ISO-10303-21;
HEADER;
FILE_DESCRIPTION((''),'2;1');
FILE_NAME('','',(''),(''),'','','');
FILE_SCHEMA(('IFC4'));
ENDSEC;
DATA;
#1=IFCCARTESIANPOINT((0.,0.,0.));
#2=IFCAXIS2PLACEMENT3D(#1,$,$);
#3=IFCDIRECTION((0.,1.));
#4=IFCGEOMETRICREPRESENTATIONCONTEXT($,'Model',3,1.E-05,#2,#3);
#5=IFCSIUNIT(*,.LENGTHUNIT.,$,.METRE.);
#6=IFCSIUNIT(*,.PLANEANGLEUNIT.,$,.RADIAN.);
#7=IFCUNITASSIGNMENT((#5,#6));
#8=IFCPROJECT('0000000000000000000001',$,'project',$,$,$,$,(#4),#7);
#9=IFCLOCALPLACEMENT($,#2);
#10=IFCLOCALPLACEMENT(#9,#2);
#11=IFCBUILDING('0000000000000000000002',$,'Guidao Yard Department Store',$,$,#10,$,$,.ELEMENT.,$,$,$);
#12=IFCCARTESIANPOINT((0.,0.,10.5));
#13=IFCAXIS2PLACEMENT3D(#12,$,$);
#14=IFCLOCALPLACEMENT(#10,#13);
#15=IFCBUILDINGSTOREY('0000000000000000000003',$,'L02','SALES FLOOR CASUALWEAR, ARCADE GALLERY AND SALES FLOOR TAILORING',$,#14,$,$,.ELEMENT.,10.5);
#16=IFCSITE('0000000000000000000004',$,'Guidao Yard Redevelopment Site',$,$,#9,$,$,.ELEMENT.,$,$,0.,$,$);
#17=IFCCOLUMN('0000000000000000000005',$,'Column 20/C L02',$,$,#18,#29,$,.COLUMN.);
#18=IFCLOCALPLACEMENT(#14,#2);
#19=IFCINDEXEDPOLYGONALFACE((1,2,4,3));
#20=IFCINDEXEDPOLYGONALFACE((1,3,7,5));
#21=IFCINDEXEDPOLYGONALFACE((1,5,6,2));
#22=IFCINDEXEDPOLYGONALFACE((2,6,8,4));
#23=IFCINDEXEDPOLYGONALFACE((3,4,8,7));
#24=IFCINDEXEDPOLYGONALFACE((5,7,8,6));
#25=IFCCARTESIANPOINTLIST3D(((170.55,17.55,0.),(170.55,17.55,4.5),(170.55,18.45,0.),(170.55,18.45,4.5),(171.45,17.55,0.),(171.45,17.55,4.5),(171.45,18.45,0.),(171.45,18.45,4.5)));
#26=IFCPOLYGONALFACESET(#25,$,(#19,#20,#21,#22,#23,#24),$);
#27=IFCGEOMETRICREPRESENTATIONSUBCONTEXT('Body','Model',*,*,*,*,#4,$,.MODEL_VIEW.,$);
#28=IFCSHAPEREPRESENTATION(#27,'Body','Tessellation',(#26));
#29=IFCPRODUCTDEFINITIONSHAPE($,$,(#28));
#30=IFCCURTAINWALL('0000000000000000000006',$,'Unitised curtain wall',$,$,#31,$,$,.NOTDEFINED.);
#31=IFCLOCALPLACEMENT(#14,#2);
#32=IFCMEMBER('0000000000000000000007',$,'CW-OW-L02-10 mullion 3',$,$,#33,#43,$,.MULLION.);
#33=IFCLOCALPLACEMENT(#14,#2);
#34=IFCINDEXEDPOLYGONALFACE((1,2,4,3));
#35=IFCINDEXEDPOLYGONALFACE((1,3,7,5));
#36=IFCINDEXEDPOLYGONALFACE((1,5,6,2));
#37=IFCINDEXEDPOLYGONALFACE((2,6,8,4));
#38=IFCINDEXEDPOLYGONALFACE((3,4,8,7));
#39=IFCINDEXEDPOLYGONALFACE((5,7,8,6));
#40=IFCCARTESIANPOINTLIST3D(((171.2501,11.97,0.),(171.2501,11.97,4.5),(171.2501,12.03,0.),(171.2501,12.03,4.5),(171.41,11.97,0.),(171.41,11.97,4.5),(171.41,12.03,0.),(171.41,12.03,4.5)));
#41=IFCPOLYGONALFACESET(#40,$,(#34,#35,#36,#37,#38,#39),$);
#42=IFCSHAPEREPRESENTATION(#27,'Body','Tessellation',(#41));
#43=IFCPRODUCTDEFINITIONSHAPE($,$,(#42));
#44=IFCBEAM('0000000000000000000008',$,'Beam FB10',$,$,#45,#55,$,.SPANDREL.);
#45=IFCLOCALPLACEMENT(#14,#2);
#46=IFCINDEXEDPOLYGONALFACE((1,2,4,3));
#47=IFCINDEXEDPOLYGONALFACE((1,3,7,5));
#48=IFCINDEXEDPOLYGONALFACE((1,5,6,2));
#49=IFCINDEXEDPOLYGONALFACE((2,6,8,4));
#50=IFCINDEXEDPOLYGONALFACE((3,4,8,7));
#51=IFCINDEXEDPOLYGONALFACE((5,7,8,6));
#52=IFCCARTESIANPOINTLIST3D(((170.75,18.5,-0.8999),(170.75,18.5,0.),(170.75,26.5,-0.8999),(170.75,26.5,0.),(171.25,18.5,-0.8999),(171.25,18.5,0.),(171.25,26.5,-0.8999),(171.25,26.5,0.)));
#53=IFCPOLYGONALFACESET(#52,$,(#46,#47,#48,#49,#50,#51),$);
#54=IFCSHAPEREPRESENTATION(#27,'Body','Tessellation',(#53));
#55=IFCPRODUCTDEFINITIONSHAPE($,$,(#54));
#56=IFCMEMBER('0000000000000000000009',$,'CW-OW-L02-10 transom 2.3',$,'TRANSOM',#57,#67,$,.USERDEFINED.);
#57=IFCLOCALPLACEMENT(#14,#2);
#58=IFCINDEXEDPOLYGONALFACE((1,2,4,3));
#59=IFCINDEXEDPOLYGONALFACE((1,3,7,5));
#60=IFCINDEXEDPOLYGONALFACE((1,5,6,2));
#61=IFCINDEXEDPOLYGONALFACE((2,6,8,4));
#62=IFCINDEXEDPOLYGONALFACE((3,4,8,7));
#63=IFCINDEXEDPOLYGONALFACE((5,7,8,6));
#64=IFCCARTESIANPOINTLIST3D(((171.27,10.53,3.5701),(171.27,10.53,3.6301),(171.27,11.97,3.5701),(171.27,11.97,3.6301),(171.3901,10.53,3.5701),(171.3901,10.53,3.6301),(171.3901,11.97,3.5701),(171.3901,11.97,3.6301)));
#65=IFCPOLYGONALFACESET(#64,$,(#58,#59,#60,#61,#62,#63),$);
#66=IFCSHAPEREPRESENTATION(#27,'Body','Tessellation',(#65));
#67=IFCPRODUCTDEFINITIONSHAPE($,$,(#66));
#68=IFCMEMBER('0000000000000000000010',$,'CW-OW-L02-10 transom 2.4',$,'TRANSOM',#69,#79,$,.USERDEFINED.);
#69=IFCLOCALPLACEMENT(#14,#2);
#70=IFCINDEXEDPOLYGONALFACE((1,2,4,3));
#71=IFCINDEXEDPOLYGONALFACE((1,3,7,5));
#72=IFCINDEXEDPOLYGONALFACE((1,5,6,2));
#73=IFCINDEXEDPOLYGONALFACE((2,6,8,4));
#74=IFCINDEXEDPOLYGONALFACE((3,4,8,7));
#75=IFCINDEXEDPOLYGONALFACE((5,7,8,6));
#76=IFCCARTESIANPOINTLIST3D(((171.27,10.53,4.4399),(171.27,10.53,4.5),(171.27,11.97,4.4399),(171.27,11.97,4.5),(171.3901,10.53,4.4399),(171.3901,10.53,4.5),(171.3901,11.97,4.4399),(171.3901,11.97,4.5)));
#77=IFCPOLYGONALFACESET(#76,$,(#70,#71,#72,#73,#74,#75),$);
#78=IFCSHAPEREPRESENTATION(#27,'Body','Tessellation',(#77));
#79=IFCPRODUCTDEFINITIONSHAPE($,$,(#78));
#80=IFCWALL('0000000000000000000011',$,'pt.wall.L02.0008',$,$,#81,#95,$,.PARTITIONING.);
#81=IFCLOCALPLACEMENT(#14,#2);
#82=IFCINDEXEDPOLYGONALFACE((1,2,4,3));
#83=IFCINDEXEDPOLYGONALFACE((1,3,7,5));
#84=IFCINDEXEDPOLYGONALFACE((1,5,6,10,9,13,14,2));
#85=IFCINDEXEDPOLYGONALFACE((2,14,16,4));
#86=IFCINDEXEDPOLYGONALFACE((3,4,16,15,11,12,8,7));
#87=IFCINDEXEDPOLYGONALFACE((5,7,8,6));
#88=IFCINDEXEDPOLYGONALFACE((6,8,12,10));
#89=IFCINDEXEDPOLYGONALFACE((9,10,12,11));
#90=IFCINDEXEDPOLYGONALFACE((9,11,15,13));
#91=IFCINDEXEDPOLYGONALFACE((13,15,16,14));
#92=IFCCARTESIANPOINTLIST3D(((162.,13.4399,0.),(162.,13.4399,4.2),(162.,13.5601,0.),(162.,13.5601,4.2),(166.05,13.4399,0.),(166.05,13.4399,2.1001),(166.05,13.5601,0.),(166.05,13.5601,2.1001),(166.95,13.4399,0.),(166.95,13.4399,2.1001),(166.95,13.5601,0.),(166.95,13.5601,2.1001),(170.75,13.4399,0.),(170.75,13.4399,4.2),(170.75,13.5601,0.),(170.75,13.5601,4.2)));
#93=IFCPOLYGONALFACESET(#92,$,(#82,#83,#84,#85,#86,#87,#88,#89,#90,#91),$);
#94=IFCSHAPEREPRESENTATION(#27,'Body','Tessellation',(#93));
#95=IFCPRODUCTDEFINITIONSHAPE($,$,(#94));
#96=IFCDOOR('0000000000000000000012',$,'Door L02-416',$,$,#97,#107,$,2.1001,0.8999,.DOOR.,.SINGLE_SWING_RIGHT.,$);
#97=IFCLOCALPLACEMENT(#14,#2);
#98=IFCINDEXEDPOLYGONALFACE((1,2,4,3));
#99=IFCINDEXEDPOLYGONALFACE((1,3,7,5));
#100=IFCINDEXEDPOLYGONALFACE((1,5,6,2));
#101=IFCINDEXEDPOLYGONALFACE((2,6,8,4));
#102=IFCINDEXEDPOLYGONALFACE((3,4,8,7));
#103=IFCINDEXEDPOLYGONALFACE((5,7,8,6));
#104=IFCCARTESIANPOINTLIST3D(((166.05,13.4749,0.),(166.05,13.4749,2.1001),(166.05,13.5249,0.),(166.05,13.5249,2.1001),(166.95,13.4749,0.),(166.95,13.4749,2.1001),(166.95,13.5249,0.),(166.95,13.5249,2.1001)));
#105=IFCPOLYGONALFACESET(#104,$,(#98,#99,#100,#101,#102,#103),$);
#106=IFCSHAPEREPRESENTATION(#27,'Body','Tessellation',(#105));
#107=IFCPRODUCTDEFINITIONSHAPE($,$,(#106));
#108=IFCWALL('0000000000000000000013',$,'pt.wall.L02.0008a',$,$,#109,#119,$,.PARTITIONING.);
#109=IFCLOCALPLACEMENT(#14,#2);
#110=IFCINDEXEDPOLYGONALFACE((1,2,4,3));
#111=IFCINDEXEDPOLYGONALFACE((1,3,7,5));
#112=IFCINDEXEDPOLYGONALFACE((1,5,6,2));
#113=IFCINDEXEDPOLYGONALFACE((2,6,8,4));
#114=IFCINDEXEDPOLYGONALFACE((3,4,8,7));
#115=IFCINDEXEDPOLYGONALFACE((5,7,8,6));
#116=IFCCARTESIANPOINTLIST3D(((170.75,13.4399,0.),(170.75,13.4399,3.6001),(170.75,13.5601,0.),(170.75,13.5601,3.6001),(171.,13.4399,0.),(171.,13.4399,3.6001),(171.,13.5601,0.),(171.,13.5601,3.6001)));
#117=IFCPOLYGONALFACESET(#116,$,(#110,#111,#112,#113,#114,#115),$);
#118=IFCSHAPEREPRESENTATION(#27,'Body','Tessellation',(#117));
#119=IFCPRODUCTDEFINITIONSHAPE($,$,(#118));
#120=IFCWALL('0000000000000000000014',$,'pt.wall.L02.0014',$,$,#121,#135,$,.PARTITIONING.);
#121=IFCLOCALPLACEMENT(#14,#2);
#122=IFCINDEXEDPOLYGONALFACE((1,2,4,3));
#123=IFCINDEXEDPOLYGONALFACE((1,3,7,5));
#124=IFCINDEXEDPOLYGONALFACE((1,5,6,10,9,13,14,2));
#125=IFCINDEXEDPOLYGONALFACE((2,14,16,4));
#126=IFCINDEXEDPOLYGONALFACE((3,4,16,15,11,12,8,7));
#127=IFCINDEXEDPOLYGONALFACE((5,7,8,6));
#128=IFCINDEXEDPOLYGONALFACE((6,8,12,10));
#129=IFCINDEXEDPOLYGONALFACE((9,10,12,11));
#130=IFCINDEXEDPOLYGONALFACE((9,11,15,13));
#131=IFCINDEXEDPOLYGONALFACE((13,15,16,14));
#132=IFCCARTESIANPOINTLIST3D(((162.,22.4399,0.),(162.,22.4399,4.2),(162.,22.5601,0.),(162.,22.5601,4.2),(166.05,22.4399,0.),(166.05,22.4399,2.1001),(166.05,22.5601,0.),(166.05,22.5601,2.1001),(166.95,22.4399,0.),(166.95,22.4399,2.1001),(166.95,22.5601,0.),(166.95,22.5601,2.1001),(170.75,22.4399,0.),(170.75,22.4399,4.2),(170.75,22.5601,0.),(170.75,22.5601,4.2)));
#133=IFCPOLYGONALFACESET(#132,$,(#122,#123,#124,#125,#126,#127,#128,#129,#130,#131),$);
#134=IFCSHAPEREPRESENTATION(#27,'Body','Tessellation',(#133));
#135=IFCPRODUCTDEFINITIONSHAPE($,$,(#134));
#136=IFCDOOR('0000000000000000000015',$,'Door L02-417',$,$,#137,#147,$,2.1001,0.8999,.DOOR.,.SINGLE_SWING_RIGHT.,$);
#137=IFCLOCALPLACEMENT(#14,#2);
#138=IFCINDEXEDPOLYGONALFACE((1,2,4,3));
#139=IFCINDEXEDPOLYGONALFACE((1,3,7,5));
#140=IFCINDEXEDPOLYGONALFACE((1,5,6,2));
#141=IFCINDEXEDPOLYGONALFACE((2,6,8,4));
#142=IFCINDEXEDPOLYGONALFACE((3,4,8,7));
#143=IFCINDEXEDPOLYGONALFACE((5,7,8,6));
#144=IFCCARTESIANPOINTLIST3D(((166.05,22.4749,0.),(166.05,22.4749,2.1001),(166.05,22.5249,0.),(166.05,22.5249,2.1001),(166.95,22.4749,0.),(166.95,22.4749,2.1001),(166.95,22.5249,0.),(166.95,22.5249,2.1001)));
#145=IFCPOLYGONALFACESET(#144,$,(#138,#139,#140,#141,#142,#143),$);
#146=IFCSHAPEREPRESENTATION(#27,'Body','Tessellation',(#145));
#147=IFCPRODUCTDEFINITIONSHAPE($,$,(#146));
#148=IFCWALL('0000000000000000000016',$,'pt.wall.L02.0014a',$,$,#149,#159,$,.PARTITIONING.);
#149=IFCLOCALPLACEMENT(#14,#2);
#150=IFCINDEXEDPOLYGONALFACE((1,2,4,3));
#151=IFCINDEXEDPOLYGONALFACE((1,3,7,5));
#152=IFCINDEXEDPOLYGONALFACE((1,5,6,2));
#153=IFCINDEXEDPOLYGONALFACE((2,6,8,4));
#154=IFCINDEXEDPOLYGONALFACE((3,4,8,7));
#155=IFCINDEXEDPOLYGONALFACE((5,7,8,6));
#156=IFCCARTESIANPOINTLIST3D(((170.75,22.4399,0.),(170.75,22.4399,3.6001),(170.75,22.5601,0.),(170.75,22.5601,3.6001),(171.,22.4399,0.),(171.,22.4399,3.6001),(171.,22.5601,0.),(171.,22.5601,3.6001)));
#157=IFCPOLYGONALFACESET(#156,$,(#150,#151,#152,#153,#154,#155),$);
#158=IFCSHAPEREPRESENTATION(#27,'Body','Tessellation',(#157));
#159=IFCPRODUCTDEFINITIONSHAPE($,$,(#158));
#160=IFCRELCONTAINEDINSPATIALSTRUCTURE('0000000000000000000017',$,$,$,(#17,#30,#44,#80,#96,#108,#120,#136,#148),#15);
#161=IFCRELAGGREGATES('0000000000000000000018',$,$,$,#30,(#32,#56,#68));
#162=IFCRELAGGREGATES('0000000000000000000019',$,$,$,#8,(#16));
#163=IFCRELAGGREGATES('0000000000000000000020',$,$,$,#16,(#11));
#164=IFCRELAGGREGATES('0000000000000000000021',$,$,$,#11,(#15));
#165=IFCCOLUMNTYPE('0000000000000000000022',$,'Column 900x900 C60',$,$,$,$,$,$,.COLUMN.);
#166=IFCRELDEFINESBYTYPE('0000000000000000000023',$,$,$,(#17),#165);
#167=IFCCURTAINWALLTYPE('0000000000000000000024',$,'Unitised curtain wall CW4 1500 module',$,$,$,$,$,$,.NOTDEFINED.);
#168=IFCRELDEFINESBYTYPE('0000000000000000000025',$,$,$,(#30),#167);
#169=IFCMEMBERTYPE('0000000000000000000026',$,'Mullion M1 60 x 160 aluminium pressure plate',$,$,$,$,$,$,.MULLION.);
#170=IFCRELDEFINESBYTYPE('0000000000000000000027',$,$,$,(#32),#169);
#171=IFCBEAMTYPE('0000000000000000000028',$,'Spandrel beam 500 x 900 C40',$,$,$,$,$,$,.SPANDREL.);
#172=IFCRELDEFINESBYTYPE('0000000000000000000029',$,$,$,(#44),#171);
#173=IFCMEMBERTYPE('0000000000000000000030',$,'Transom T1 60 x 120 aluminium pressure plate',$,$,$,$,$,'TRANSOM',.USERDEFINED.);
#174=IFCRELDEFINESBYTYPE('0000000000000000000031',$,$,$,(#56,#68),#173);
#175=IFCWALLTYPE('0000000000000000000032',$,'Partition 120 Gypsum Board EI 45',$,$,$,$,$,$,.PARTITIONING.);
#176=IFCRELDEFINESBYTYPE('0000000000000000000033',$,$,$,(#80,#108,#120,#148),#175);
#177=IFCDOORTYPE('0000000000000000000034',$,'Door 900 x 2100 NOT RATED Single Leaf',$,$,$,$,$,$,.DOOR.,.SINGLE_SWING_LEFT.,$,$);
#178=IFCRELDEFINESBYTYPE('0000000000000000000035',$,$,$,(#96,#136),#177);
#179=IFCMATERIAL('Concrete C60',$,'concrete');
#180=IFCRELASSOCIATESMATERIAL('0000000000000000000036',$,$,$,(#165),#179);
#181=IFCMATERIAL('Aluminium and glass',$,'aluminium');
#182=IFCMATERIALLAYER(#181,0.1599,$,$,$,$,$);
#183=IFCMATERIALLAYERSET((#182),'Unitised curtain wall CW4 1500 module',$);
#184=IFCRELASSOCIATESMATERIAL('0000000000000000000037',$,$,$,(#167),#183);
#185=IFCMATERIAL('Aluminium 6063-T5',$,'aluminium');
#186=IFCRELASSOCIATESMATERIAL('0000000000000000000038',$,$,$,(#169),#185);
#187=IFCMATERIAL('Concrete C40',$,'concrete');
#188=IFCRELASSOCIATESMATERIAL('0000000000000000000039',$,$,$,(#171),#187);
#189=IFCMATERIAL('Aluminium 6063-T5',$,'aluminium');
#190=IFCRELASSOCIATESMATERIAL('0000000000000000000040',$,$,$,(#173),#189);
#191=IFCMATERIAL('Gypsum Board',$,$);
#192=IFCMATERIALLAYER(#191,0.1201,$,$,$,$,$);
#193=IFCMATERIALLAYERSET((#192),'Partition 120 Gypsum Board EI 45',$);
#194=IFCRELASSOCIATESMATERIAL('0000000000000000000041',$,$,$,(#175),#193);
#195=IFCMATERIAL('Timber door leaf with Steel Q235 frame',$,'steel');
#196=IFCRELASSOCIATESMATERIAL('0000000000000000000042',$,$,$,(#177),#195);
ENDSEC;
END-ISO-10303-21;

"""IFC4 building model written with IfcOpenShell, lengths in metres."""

from ifc_helpers import new_model, si_unit, direction, frame, frame_2d, origin, origin_2d, place, context, subcontext, project, spatial, rectangle, extrude, material, layer, layer_set, material_profile, profile_set, type_object, element, fill, aggregate, save


model = new_model("IFC4")

# Units and contexts
model_context = context("Model", 3, precision=1e-05, world=origin(), true_north=direction((0.0, 1.0)))
body_context = subcontext(model_context, "Body", "Model", "MODEL_VIEW")
ifc_project = project(units=[si_unit("LENGTHUNIT", "METRE"), si_unit("PLANEANGLEUNIT", "RADIAN")], contexts=[model_context])

# Site, building, storey
site_placement = place(None, origin())
site = spatial("IfcSite", under=ifc_project, at=site_placement, Name="Guidao Yard Redevelopment Site", CompositionType="ELEMENT", RefElevation=0.0)
building_placement = place(site_placement, origin())
building = spatial("IfcBuilding", under=site, at=building_placement, Name="Guidao Yard Department Store", CompositionType="ELEMENT")
storey_placement = place(building_placement, frame((0.0, 0.0, 10.5)))
storey = spatial("IfcBuildingStorey", under=building, at=storey_placement, Name="L02", Description="SALES FLOOR CASUALWEAR, ARCADE GALLERY AND SALES FLOOR TAILORING", CompositionType="ELEMENT", Elevation=10.5)

# Column
ifc_material_1 = material(Name="Concrete C60", Category="concrete")
ifc_material_profile_1 = material_profile(ifc_material_1, rectangle(XDim=0.8999, YDim=0.8999, at=origin_2d()), Name="COL 900x900")
ifc_profile_set_1 = profile_set([ifc_material_profile_1], Name="Concrete C60")
column_type = type_object("IfcColumnType", Name="Column 900x900 C60", PredefinedType="COLUMN", material=ifc_profile_set_1)
column_placement = place(storey_placement, frame((171.0, 18.0, 0.0), z_axis=(0.0, 0.0, 1.0), x_axis=(1.0, 0.0, 0.0)))
element("IfcColumn", 1, at=column_placement, inside=storey, type_object=column_type, Name="Column 20/C L02", PredefinedType="COLUMN", context=body_context, shape_type="SweptSolid", body=[
    extrude(rectangle(XDim=0.8999, YDim=0.8999, at=origin_2d()), origin(), (0.0, 0.0, 1.0), 4.5),
])

# Curtain wall, member
ifc_material_2 = material(Name="Aluminium and glass", Category="aluminium")
ifc_layer_1 = layer(ifc_material_2, 0.1599)
ifc_layer_set_1 = layer_set([ifc_layer_1], Name="Unitised curtain wall CW4 1500 module")
curtain_wall_type = type_object("IfcCurtainWallType", Name="Unitised curtain wall CW4 1500 module", PredefinedType="NOTDEFINED", material=ifc_layer_set_1)
curtain_wall_placement = place(storey_placement, origin())
curtain_wall = element("IfcCurtainWall", 2, at=curtain_wall_placement, inside=storey, type_object=curtain_wall_type, Name="Unitised curtain wall", PredefinedType="NOTDEFINED")
ifc_material_3 = material(Name="Aluminium 6063-T5", Category="aluminium")
ifc_material_profile_2 = material_profile(ifc_material_3, rectangle(XDim=0.0601, YDim=0.1599, at=origin_2d()), Name="Mullion M1 60 x 160 aluminium pressure plate")
ifc_profile_set_2 = profile_set([ifc_material_profile_2], Name="Aluminium 6063-T5")
member_type_1 = type_object("IfcMemberType", Name="Mullion M1 60 x 160 aluminium pressure plate", PredefinedType="MULLION", material=ifc_profile_set_2)
member_1_placement = place(storey_placement, frame((171.3301, 12.0, 0.0), z_axis=(0.0, 0.0, 1.0), x_axis=(0.0, -1.0, 0.0)))
member_1 = element("IfcMember", 3, at=member_1_placement, type_object=member_type_1, Name="CW-OW-L02-10 mullion 3", PredefinedType="MULLION", context=body_context, shape_type="SweptSolid", body=[
    extrude(rectangle(XDim=0.0601, YDim=0.1599, at=origin_2d()), origin(), (0.0, 0.0, 1.0), 4.5),
])

# Beam
ifc_material_4 = material(Name="Concrete C40", Category="concrete")
ifc_material_profile_3 = material_profile(ifc_material_4, rectangle(XDim=0.5, YDim=0.8999, at=origin_2d()), Name="Spandrel beam 500 x 900 C40")
ifc_profile_set_3 = profile_set([ifc_material_profile_3], Name="Concrete C40")
beam_type = type_object("IfcBeamType", Name="Spandrel beam 500 x 900 C40", PredefinedType="SPANDREL", material=ifc_profile_set_3)
beam_placement = place(storey_placement, frame((171.0, 18.5, -0.45), z_axis=(0.0, 1.0, 0.0), x_axis=(-1.0, 0.0, 0.0)))
element("IfcBeam", 4, at=beam_placement, inside=storey, type_object=beam_type, Name="Beam FB10", PredefinedType="SPANDREL", context=body_context, shape_type="SweptSolid", body=[
    extrude(rectangle(XDim=0.5, YDim=0.8999, at=origin_2d()), origin(), (0.0, 0.0, 1.0), 8.0),
])

# Members
ifc_material_5 = material(Name="Aluminium 6063-T5", Category="aluminium")
ifc_material_profile_4 = material_profile(ifc_material_5, rectangle(XDim=0.1201, YDim=0.0601, at=origin_2d()), Name="Transom T1 60 x 120 aluminium pressure plate")
ifc_profile_set_4 = profile_set([ifc_material_profile_4], Name="Aluminium 6063-T5")
member_type_2 = type_object("IfcMemberType", Name="Transom T1 60 x 120 aluminium pressure plate", ElementType="TRANSOM", PredefinedType="USERDEFINED", material=ifc_profile_set_4)
member_2_placement = place(storey_placement, frame((171.3301, 11.97, 3.6001), z_axis=(0.0, -1.0, 0.0), x_axis=(1.0, 0.0, 0.0)))
member_2 = element("IfcMember", 5, at=member_2_placement, type_object=member_type_2, Name="CW-OW-L02-10 transom 2.3", ObjectType="TRANSOM", PredefinedType="USERDEFINED", context=body_context, shape_type="SweptSolid", body=[
    extrude(rectangle(XDim=0.1201, YDim=0.0601, at=origin_2d()), origin(), (0.0, 0.0, 1.0), 1.4399),
])
member_3_placement = place(storey_placement, frame((171.3301, 11.97, 4.47), z_axis=(0.0, -1.0, 0.0), x_axis=(1.0, 0.0, 0.0)))
member_3 = element("IfcMember", 6, at=member_3_placement, type_object=member_type_2, Name="CW-OW-L02-10 transom 2.4", ObjectType="TRANSOM", PredefinedType="USERDEFINED", context=body_context, shape_type="SweptSolid", body=[
    extrude(rectangle(XDim=0.1201, YDim=0.0601, at=origin_2d()), origin(), (0.0, 0.0, 1.0), 1.4399),
])
aggregate(curtain_wall, [member_1, member_2, member_3])

# Wall, opening, door
ifc_material_6 = material(Name="Gypsum Board")
ifc_layer_2 = layer(ifc_material_6, 0.1201)
ifc_layer_set_2 = layer_set([ifc_layer_2], Name="Partition 120 Gypsum Board EI 45")
wall_type_1 = type_object("IfcWallType", Name="Partition 120 Gypsum Board EI 45", PredefinedType="PARTITIONING", material=ifc_layer_set_2)
wall_1_placement = place(storey_placement, frame((162.0, 13.5, 0.0), z_axis=(0.0, 0.0, 1.0), x_axis=(1.0, 0.0, 0.0)))
wall_1 = element("IfcWall", 7, at=wall_1_placement, inside=storey, type_object=wall_type_1, Name="pt.wall.L02.0008", PredefinedType="PARTITIONING", context=body_context, shape_type="SweptSolid", body=[
    extrude(rectangle(XDim=8.75, YDim=0.1201, at=frame_2d((4.375, 0.0))), origin(), (0.0, 0.0, 1.0), 4.2),
])
opening_1_placement = place(wall_1_placement, frame((4.05, 0.0, 0.0)))
opening_1 = element("IfcOpeningElement", 8, at=opening_1_placement, cuts=wall_1, PredefinedType="OPENING", context=body_context, shape_type="SweptSolid", body=[
    extrude(rectangle(XDim=0.8999, YDim=2.1001, at=frame_2d((0.45, 1.05))), frame((0.0, 0.0701, 0.0), z_axis=(0.0, -1.0, 0.0), x_axis=(1.0, 0.0, 0.0)), (0.0, 0.0, 1.0), 0.1401),
])
ifc_material_7 = material(Name="Timber door leaf with Steel Q235 frame", Category="steel")
door_type_1 = type_object("IfcDoorType", Name="Door 900 x 2100 NOT RATED Single Leaf", OperationType="SINGLE_SWING_LEFT", PredefinedType="DOOR", material=ifc_material_7)
door_1_placement = place(opening_1_placement, origin())
door_1 = element("IfcDoor", 9, at=door_1_placement, inside=storey, type_object=door_type_1, Name="Door L02-416", OperationType="SINGLE_SWING_RIGHT", OverallHeight=2.1001, OverallWidth=0.8999, PredefinedType="DOOR", context=body_context, shape_type="SweptSolid", body=[
    extrude(rectangle(XDim=0.8999, YDim=2.1001, at=frame_2d((0.45, 1.05))), frame((0.0, 0.0249, 0.0), z_axis=(0.0, -1.0, 0.0), x_axis=(1.0, 0.0, 0.0)), (0.0, 0.0, 1.0), 0.05),
])
fill(opening_1, door_1)

# Wall
wall_2_placement = place(storey_placement, frame((170.75, 13.5, 0.0), z_axis=(0.0, 0.0, 1.0), x_axis=(1.0, 0.0, 0.0)))
element("IfcWall", 10, at=wall_2_placement, inside=storey, type_object=wall_type_1, Name="pt.wall.L02.0008a", PredefinedType="PARTITIONING", context=body_context, shape_type="SweptSolid", body=[
    extrude(rectangle(XDim=0.25, YDim=0.1201, at=frame_2d((0.125, 0.0))), origin(), (0.0, 0.0, 1.0), 3.6001),
])

# Wall, opening, door
wall_3_placement = place(storey_placement, frame((162.0, 22.5, 0.0), z_axis=(0.0, 0.0, 1.0), x_axis=(1.0, 0.0, 0.0)))
wall_3 = element("IfcWall", 11, at=wall_3_placement, inside=storey, type_object=wall_type_1, Name="pt.wall.L02.0014", PredefinedType="PARTITIONING", context=body_context, shape_type="SweptSolid", body=[
    extrude(rectangle(XDim=8.75, YDim=0.1201, at=frame_2d((4.375, 0.0))), origin(), (0.0, 0.0, 1.0), 4.2),
])
opening_2_placement = place(wall_3_placement, frame((4.05, 0.0, 0.0)))
opening_2 = element("IfcOpeningElement", 12, at=opening_2_placement, cuts=wall_3, PredefinedType="OPENING", context=body_context, shape_type="SweptSolid", body=[
    extrude(rectangle(XDim=0.8999, YDim=2.1001, at=frame_2d((0.45, 1.05))), frame((0.0, 0.0701, 0.0), z_axis=(0.0, -1.0, 0.0), x_axis=(1.0, 0.0, 0.0)), (0.0, 0.0, 1.0), 0.1401),
])
door_2_placement = place(opening_2_placement, origin())
door_2 = element("IfcDoor", 13, at=door_2_placement, inside=storey, type_object=door_type_1, Name="Door L02-417", OperationType="SINGLE_SWING_RIGHT", OverallHeight=2.1001, OverallWidth=0.8999, PredefinedType="DOOR", context=body_context, shape_type="SweptSolid", body=[
    extrude(rectangle(XDim=0.8999, YDim=2.1001, at=frame_2d((0.45, 1.05))), frame((0.0, 0.0249, 0.0), z_axis=(0.0, -1.0, 0.0), x_axis=(1.0, 0.0, 0.0)), (0.0, 0.0, 1.0), 0.05),
])
fill(opening_2, door_2)

# Wall
wall_4_placement = place(storey_placement, frame((170.75, 22.5, 0.0), z_axis=(0.0, 0.0, 1.0), x_axis=(1.0, 0.0, 0.0)))
element("IfcWall", 14, at=wall_4_placement, inside=storey, type_object=wall_type_1, Name="pt.wall.L02.0014a", PredefinedType="PARTITIONING", context=body_context, shape_type="SweptSolid", body=[
    extrude(rectangle(XDim=0.25, YDim=0.1201, at=frame_2d((0.125, 0.0))), origin(), (0.0, 0.0, 1.0), 3.6001),
])

save(model, "model.ifc")
